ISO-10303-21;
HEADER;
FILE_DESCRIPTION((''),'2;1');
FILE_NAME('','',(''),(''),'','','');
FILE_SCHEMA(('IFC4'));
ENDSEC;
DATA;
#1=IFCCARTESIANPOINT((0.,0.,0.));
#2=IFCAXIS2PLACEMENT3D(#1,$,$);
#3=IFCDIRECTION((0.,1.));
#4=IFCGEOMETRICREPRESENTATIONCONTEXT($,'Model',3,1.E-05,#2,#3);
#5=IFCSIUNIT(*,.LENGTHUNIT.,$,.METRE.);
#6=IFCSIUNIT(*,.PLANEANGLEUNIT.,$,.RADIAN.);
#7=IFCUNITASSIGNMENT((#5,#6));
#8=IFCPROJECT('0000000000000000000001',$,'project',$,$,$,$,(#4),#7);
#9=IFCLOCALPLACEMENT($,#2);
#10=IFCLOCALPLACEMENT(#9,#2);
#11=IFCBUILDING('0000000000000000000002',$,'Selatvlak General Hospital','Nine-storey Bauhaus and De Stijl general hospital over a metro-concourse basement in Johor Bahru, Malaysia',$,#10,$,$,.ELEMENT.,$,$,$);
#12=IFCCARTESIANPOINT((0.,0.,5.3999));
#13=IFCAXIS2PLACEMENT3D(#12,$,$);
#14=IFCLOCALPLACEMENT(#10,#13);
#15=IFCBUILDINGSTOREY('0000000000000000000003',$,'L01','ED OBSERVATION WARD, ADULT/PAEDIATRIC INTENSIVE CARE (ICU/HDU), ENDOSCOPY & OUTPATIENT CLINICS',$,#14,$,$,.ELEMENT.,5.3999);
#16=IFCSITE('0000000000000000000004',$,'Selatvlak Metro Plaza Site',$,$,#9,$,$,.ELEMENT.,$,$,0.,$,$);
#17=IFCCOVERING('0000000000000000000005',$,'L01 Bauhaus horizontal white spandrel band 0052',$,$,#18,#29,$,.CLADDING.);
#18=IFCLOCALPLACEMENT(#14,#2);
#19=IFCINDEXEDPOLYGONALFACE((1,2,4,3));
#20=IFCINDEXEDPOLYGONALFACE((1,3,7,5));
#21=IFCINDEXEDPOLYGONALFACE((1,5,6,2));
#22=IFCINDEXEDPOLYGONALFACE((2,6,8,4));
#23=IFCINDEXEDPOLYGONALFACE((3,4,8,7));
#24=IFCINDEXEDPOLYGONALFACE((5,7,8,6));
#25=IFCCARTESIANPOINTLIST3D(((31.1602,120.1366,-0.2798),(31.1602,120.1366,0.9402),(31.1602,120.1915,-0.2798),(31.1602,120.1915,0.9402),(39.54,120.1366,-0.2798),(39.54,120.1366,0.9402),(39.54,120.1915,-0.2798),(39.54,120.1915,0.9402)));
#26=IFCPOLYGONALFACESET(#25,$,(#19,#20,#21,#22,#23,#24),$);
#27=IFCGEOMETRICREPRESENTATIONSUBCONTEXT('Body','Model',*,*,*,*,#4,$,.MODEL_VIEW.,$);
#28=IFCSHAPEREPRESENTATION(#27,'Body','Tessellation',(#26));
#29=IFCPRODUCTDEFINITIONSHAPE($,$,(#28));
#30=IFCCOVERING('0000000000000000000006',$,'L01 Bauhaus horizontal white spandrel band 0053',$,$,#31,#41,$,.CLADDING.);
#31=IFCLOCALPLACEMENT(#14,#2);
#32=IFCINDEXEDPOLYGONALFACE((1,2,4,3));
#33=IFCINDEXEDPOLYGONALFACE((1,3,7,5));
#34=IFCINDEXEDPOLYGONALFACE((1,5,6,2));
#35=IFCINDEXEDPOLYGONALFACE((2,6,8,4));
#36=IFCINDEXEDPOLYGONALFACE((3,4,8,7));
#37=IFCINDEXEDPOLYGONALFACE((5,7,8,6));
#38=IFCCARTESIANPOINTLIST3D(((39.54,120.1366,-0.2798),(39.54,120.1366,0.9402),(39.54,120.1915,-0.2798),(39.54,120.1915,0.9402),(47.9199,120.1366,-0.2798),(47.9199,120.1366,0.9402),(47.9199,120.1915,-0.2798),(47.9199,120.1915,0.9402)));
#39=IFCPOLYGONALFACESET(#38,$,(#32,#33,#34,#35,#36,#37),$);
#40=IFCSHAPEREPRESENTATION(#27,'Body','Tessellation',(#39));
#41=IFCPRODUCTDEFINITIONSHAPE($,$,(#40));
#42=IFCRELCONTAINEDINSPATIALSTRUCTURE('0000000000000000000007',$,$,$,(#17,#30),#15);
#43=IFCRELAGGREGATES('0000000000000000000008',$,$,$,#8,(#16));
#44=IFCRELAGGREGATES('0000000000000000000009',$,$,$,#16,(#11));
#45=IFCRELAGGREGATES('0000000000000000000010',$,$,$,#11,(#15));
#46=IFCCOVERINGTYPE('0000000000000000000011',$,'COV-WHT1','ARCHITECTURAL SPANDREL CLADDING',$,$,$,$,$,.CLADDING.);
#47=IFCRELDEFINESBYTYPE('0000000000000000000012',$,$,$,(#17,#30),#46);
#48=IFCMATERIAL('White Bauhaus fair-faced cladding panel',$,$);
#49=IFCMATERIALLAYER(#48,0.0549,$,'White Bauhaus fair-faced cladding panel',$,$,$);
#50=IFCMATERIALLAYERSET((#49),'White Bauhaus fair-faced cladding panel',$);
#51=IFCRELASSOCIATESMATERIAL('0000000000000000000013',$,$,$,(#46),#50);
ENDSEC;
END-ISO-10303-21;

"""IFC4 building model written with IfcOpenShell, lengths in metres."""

from ifc_helpers import new_model, si_unit, direction, frame, origin, origin_2d, place, context, subcontext, project, spatial, rectangle, extrude, material, layer, layer_set, type_object, element, save


model = new_model("IFC4")

# Units and contexts
model_context = context("Model", 3, precision=1e-05, world=origin(), true_north=direction((0.0, 1.0)))
body_context = subcontext(model_context, "Body", "Model", "MODEL_VIEW")
ifc_project = project(units=[si_unit("LENGTHUNIT", "METRE"), si_unit("PLANEANGLEUNIT", "RADIAN")], contexts=[model_context])

# Site, building, storey
site_placement = place(None, origin())
site = spatial("IfcSite", under=ifc_project, at=site_placement, Name="Selatvlak Metro Plaza Site", CompositionType="ELEMENT", RefElevation=0.0)
building_placement = place(site_placement, origin())
building = spatial("IfcBuilding", under=site, at=building_placement, Name="Selatvlak General Hospital", Description="Nine-storey Bauhaus and De Stijl general hospital over a metro-concourse basement in Johor Bahru, Malaysia", CompositionType="ELEMENT")
storey_placement = place(building_placement, frame((0.0, 0.0, 5.3999)))
storey = spatial("IfcBuildingStorey", under=building, at=storey_placement, Name="L01", Description="ED OBSERVATION WARD, ADULT/PAEDIATRIC INTENSIVE CARE (ICU/HDU), ENDOSCOPY & OUTPATIENT CLINICS", CompositionType="ELEMENT", Elevation=5.3999)

# Coverings
ifc_material_1 = material(Name="White Bauhaus fair-faced cladding panel")
ifc_layer_1 = layer(ifc_material_1, 0.0549, Name="White Bauhaus fair-faced cladding panel")
ifc_layer_set_1 = layer_set([ifc_layer_1], Name="White Bauhaus fair-faced cladding panel")
covering_type = type_object("IfcCoveringType", Name="COV-WHT1", Description="ARCHITECTURAL SPANDREL CLADDING", PredefinedType="CLADDING", material=ifc_layer_set_1)
for number, where, z_axis, x_axis, name in (
    (1, (35.3501, 120.1641, -0.2798), (0.0, 0.0, 1.0), (1.0, 0.0, 0.0), "L01 Bauhaus horizontal white spandrel band 0052"),
    (2, (43.73, 120.1641, -0.2798), (0.0, 0.0, 1.0), (1.0, 0.0, 0.0), "L01 Bauhaus horizontal white spandrel band 0053"),
):
    element("IfcCovering", number, at=place(storey_placement, frame(where, z_axis=z_axis, x_axis=x_axis)), inside=storey, type_object=covering_type, Name=name, PredefinedType="CLADDING", context=body_context, shape_type="SweptSolid", body=[
        extrude(rectangle(XDim=8.3799, YDim=0.0549, at=origin_2d()), origin(), (0.0, 0.0, 1.0), 1.22),
    ])

save(model, "model.ifc")
